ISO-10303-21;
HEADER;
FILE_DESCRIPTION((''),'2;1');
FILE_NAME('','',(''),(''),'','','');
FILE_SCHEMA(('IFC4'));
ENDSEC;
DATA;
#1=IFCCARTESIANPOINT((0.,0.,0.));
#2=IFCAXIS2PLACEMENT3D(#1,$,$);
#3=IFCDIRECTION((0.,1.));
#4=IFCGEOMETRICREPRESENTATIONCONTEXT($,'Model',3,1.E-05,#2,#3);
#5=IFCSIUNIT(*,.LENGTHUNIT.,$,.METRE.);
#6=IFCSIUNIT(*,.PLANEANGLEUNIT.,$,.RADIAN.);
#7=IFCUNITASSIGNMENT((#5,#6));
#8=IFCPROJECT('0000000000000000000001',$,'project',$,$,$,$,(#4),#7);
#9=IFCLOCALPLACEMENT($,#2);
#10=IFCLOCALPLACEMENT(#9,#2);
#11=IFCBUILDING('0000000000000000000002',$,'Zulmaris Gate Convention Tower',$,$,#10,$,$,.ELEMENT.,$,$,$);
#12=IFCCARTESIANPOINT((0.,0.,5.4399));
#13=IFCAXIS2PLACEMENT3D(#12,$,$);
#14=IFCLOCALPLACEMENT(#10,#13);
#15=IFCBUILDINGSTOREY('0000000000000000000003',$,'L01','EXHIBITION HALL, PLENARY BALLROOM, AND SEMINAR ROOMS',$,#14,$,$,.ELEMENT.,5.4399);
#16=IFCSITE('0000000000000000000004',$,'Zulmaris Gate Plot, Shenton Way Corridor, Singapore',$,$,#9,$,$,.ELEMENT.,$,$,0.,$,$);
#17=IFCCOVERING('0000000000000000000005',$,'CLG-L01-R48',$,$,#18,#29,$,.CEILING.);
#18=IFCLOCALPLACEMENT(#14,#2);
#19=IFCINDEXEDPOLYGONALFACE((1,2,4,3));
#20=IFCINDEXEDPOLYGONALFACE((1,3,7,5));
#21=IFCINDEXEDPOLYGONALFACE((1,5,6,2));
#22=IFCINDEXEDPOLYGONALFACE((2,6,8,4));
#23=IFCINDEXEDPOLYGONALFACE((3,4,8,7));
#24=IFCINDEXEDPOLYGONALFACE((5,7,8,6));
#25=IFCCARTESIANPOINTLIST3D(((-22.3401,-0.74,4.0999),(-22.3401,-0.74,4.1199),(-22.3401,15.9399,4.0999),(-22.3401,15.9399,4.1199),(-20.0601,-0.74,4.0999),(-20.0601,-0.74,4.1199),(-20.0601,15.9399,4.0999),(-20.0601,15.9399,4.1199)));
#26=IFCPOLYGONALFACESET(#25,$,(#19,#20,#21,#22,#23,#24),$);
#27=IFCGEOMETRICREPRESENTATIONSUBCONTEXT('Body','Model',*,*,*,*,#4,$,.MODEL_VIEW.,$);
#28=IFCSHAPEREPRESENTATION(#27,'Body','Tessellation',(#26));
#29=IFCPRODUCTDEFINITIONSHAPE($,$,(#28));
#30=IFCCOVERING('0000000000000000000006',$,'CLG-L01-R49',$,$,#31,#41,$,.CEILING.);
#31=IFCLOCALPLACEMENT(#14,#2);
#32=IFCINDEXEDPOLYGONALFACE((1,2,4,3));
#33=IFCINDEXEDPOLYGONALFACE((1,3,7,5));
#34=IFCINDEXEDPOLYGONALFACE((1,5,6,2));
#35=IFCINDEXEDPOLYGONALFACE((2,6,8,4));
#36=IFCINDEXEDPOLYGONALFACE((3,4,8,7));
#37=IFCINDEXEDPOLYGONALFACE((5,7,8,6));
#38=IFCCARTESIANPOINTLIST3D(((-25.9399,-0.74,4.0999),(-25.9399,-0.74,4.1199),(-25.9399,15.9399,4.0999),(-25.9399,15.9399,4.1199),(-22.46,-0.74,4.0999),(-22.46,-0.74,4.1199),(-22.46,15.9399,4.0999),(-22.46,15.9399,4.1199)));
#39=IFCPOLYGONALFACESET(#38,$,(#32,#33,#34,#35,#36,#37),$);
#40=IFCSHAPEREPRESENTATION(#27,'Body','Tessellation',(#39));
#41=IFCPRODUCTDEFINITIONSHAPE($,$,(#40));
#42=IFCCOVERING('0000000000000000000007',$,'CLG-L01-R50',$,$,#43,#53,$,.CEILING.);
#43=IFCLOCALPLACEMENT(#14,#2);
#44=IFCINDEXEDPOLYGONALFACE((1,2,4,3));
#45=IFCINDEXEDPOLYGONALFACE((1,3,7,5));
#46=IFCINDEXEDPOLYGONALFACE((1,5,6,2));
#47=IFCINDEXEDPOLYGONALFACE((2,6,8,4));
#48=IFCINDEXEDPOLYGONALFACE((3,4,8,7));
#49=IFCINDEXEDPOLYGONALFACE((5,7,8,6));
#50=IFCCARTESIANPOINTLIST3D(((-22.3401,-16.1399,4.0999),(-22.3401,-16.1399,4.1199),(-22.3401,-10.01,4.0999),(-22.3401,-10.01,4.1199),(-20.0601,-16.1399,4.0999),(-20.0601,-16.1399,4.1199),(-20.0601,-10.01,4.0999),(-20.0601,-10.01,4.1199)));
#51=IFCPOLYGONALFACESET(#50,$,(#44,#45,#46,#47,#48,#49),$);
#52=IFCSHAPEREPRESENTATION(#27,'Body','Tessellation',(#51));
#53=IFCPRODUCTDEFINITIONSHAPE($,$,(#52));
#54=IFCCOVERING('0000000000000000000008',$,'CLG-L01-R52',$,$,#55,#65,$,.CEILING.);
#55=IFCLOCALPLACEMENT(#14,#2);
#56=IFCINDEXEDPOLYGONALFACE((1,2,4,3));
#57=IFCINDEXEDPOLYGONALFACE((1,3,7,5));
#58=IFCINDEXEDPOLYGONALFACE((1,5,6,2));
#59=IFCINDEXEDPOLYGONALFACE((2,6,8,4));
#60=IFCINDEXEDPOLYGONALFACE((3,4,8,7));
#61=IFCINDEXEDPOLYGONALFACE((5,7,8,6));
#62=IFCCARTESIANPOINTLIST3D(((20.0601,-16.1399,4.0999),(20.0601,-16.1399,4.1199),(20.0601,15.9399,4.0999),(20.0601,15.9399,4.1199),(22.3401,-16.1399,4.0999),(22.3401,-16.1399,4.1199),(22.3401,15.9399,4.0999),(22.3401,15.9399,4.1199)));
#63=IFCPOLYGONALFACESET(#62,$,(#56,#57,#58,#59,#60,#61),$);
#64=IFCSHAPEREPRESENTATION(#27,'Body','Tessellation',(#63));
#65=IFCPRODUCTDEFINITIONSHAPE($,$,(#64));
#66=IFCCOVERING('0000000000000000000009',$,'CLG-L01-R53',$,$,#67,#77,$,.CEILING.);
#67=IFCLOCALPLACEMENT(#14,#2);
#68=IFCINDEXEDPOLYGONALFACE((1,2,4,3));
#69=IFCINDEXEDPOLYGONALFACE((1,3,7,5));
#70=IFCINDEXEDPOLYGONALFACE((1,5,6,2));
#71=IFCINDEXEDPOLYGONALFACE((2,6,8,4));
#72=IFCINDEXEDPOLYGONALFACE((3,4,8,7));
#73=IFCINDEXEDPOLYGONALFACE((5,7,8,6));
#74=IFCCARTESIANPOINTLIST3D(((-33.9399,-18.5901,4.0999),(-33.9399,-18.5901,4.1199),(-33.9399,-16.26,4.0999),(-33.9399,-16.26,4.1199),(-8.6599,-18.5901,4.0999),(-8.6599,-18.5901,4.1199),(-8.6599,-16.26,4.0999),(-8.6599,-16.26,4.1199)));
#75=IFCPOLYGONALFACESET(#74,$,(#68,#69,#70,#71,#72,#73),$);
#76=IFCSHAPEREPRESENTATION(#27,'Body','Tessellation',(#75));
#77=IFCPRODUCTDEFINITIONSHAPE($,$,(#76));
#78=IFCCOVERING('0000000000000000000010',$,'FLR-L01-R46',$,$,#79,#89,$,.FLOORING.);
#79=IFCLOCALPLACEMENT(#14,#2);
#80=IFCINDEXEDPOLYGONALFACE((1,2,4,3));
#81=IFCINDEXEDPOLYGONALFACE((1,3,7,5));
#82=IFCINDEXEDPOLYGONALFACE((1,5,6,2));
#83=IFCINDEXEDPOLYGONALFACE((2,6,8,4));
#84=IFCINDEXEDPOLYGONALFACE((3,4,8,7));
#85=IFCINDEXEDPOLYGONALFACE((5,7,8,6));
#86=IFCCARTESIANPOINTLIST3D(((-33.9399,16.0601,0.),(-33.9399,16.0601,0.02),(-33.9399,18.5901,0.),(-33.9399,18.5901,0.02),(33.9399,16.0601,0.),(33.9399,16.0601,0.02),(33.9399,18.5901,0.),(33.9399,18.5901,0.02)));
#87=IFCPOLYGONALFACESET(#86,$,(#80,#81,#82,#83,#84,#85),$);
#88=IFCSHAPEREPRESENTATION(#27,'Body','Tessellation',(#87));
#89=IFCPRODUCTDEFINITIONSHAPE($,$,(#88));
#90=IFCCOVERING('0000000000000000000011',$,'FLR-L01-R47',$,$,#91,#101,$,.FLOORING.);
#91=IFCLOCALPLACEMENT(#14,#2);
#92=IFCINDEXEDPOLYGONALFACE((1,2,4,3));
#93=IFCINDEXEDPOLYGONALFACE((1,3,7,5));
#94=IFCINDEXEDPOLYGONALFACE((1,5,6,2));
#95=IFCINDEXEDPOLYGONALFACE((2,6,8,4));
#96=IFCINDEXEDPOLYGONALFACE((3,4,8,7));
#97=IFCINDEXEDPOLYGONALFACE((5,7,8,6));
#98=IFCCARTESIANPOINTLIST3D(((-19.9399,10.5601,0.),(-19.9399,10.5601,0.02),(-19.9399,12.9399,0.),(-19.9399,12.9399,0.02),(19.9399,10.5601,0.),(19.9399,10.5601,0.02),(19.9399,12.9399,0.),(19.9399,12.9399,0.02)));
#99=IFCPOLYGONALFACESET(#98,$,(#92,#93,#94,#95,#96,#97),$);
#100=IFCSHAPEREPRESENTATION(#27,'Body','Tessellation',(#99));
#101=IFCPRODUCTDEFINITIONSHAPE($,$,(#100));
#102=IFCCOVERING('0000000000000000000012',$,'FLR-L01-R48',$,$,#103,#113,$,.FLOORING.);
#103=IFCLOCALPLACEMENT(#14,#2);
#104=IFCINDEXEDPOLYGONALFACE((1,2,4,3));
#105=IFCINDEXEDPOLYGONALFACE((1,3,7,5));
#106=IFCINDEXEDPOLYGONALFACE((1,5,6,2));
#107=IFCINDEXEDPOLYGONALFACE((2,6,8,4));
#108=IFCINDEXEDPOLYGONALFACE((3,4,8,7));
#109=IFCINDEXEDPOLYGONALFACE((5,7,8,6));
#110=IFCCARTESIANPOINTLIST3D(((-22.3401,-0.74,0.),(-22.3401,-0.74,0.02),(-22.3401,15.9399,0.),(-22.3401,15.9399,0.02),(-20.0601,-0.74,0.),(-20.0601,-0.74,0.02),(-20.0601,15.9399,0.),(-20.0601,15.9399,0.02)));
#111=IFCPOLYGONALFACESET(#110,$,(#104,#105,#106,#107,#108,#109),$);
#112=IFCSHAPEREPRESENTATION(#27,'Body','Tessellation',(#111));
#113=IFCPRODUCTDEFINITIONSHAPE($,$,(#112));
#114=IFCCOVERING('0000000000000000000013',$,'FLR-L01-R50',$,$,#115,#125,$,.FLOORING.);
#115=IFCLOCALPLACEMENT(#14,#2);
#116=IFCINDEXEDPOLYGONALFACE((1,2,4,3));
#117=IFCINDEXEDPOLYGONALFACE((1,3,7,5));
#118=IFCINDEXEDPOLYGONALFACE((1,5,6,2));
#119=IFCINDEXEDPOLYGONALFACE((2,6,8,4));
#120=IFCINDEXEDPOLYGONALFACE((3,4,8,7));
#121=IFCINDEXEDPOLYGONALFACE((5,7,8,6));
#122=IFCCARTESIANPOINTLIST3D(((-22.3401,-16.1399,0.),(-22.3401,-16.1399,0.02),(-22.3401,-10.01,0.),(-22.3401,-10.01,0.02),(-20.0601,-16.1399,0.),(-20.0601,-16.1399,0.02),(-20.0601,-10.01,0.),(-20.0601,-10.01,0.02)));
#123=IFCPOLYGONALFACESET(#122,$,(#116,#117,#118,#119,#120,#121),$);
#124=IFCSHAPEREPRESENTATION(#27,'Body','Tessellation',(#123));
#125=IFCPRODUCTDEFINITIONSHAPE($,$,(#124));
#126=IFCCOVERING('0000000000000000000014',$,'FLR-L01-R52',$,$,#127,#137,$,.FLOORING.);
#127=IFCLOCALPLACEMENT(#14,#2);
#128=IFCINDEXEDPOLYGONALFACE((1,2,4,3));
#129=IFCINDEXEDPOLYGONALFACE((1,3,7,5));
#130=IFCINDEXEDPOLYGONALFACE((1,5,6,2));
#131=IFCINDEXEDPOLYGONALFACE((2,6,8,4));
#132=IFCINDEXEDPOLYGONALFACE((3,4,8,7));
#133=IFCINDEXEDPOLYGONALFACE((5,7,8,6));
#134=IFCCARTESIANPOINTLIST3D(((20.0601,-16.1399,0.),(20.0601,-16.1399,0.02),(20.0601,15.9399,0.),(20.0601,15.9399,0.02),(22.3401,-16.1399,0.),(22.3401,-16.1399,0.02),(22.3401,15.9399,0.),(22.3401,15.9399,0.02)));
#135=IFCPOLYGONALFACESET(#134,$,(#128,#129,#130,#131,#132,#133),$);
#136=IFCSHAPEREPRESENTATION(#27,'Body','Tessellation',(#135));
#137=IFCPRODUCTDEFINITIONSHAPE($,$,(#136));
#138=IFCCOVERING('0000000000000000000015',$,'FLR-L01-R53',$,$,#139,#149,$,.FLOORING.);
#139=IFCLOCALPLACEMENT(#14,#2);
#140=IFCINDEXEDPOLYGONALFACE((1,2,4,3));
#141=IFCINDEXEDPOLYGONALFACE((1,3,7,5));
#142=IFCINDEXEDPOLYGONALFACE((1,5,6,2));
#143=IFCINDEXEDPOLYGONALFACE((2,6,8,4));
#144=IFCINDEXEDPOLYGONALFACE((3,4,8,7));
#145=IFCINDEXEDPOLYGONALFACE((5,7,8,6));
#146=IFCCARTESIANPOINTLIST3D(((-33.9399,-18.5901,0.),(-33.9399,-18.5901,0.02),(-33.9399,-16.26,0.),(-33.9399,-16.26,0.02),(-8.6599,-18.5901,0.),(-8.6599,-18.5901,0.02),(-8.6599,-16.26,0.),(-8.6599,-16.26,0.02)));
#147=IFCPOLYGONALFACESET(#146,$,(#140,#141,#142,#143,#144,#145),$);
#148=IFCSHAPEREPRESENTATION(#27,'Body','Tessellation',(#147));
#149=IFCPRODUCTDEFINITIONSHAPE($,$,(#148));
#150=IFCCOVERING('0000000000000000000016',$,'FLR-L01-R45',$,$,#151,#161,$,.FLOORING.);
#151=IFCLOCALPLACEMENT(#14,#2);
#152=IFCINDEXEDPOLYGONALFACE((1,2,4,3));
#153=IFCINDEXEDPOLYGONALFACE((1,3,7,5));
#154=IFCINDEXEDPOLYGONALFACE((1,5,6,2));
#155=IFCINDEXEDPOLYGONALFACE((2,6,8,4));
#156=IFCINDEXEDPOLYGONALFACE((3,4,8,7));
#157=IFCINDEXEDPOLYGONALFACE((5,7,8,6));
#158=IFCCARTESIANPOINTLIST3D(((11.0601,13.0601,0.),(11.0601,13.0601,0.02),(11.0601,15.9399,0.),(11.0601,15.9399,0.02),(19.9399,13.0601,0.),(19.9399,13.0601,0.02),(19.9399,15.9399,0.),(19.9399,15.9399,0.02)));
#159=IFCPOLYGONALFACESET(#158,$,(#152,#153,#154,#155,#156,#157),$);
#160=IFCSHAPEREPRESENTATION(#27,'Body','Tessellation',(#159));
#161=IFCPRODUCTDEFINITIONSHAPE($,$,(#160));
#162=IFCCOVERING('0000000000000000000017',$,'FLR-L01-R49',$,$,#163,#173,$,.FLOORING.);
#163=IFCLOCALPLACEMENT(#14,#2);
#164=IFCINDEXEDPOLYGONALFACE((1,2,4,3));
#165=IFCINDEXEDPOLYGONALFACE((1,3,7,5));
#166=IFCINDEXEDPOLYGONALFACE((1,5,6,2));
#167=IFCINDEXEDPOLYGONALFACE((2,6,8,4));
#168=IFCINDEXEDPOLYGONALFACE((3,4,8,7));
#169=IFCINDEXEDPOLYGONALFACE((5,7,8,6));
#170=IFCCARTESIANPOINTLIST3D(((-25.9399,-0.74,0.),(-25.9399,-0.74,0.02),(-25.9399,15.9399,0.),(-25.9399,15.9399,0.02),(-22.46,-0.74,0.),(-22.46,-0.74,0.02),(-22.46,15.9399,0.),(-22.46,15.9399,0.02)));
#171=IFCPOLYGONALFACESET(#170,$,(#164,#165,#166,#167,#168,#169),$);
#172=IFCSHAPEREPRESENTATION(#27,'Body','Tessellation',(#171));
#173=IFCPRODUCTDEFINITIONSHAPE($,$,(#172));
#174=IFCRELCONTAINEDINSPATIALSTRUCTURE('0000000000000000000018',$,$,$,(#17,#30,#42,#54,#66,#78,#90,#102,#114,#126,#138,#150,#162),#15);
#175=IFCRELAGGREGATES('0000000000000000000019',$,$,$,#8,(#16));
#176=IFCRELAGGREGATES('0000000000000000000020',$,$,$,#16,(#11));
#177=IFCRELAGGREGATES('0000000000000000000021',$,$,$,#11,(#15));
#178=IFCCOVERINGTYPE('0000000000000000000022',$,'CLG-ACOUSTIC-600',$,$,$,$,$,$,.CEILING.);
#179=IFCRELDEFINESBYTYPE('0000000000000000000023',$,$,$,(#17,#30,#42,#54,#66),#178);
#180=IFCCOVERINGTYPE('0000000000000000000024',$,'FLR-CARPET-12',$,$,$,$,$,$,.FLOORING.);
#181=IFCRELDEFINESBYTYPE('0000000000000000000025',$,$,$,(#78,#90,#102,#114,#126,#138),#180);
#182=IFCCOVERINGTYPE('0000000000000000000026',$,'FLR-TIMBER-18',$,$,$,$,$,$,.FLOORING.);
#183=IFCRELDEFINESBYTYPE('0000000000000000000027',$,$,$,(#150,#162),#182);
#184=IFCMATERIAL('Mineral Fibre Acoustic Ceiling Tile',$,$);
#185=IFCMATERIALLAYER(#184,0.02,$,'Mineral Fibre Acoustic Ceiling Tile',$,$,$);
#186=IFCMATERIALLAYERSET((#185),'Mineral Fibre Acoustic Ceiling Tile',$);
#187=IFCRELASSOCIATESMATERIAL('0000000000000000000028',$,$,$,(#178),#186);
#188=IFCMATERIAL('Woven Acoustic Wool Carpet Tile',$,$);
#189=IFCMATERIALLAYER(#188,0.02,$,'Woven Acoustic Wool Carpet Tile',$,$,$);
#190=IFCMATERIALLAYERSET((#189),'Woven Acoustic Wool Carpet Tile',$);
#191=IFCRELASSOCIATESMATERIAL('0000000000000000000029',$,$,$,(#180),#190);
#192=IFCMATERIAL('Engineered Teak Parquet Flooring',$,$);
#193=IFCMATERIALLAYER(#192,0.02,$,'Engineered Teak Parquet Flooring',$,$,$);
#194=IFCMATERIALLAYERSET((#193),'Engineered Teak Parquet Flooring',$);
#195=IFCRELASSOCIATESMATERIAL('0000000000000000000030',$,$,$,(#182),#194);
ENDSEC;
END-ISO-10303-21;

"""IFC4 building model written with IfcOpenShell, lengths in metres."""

from ifc_helpers import new_model, si_unit, direction, frame, origin, place, context, subcontext, project, spatial, polyline, outline, extrude, material, layer, layer_set, type_object, element, save


model = new_model("IFC4")

# Units and contexts
model_context = context("Model", 3, precision=1e-05, world=origin(), true_north=direction((0.0, 1.0)))
body_context = subcontext(model_context, "Body", "Model", "MODEL_VIEW")
ifc_project = project(units=[si_unit("LENGTHUNIT", "METRE"), si_unit("PLANEANGLEUNIT", "RADIAN")], contexts=[model_context])

# Site, building, storey
site_placement = place(None, origin())
site = spatial("IfcSite", under=ifc_project, at=site_placement, Name="Zulmaris Gate Plot, Shenton Way Corridor, Singapore", CompositionType="ELEMENT", RefElevation=0.0)
building_placement = place(site_placement, origin())
building = spatial("IfcBuilding", under=site, at=building_placement, Name="Zulmaris Gate Convention Tower", CompositionType="ELEMENT")
storey_placement = place(building_placement, frame((0.0, 0.0, 5.4399)))
storey = spatial("IfcBuildingStorey", under=building, at=storey_placement, Name="L01", Description="EXHIBITION HALL, PLENARY BALLROOM, AND SEMINAR ROOMS", CompositionType="ELEMENT", Elevation=5.4399)

# Coverings
ifc_material_1 = material(Name="Mineral Fibre Acoustic Ceiling Tile")
ifc_layer_1 = layer(ifc_material_1, 0.02, Name="Mineral Fibre Acoustic Ceiling Tile")
ifc_layer_set_1 = layer_set([ifc_layer_1], Name="Mineral Fibre Acoustic Ceiling Tile")
covering_type_1 = type_object("IfcCoveringType", Name="CLG-ACOUSTIC-600", PredefinedType="CEILING", material=ifc_layer_set_1)
covering_1_placement = place(storey_placement, frame((0.0, 0.0, 4.0999)))
element("IfcCovering", 1, at=covering_1_placement, inside=storey, type_object=covering_type_1, Name="CLG-L01-R48", PredefinedType="CEILING", context=body_context, shape_type="SweptSolid", body=[
    extrude(outline(polyline([(-22.3401, -0.74), (-20.0601, -0.74), (-20.0601, 15.9399), (-22.3401, 15.9399), (-22.3401, -0.74)])), origin(), (0.0, 0.0, 1.0), 0.02),
])
covering_2_placement = place(storey_placement, frame((0.0, 0.0, 4.0999)))
element("IfcCovering", 2, at=covering_2_placement, inside=storey, type_object=covering_type_1, Name="CLG-L01-R49", PredefinedType="CEILING", context=body_context, shape_type="SweptSolid", body=[
    extrude(outline(polyline([(-25.9399, -0.74), (-22.46, -0.74), (-22.46, 15.9399), (-25.9399, 15.9399), (-25.9399, -0.74)])), origin(), (0.0, 0.0, 1.0), 0.02),
])
covering_3_placement = place(storey_placement, frame((0.0, 0.0, 4.0999)))
element("IfcCovering", 3, at=covering_3_placement, inside=storey, type_object=covering_type_1, Name="CLG-L01-R50", PredefinedType="CEILING", context=body_context, shape_type="SweptSolid", body=[
    extrude(outline(polyline([(-22.3401, -16.1399), (-20.0601, -16.1399), (-20.0601, -10.01), (-22.3401, -10.01), (-22.3401, -16.1399)])), origin(), (0.0, 0.0, 1.0), 0.02),
])
covering_4_placement = place(storey_placement, frame((0.0, 0.0, 4.0999)))
element("IfcCovering", 4, at=covering_4_placement, inside=storey, type_object=covering_type_1, Name="CLG-L01-R52", PredefinedType="CEILING", context=body_context, shape_type="SweptSolid", body=[
    extrude(outline(polyline([(20.0601, -16.1399), (22.3401, -16.1399), (22.3401, 15.9399), (20.0601, 15.9399), (20.0601, -16.1399)])), origin(), (0.0, 0.0, 1.0), 0.02),
])
covering_5_placement = place(storey_placement, frame((0.0, 0.0, 4.0999)))
element("IfcCovering", 5, at=covering_5_placement, inside=storey, type_object=covering_type_1, Name="CLG-L01-R53", PredefinedType="CEILING", context=body_context, shape_type="SweptSolid", body=[
    extrude(outline(polyline([(-33.9399, -18.5901), (-8.6599, -18.5901), (-8.6599, -16.26), (-33.9399, -16.26), (-33.9399, -18.5901)])), origin(), (0.0, 0.0, 1.0), 0.02),
])
ifc_material_2 = material(Name="Woven Acoustic Wool Carpet Tile")
ifc_layer_2 = layer(ifc_material_2, 0.02, Name="Woven Acoustic Wool Carpet Tile")
ifc_layer_set_2 = layer_set([ifc_layer_2], Name="Woven Acoustic Wool Carpet Tile")
covering_type_2 = type_object("IfcCoveringType", Name="FLR-CARPET-12", PredefinedType="FLOORING", material=ifc_layer_set_2)
covering_6_placement = place(storey_placement, origin())
element("IfcCovering", 6, at=covering_6_placement, inside=storey, type_object=covering_type_2, Name="FLR-L01-R46", PredefinedType="FLOORING", context=body_context, shape_type="SweptSolid", body=[
    extrude(outline(polyline([(-33.9399, 16.0601), (33.9399, 16.0601), (33.9399, 18.5901), (-33.9399, 18.5901), (-33.9399, 16.0601)])), origin(), (0.0, 0.0, 1.0), 0.02),
])
covering_7_placement = place(storey_placement, origin())
element("IfcCovering", 7, at=covering_7_placement, inside=storey, type_object=covering_type_2, Name="FLR-L01-R47", PredefinedType="FLOORING", context=body_context, shape_type="SweptSolid", body=[
    extrude(outline(polyline([(-19.9399, 10.5601), (19.9399, 10.5601), (19.9399, 12.9399), (-19.9399, 12.9399), (-19.9399, 10.5601)])), origin(), (0.0, 0.0, 1.0), 0.02),
])
covering_8_placement = place(storey_placement, origin())
element("IfcCovering", 8, at=covering_8_placement, inside=storey, type_object=covering_type_2, Name="FLR-L01-R48", PredefinedType="FLOORING", context=body_context, shape_type="SweptSolid", body=[
    extrude(outline(polyline([(-22.3401, -0.74), (-20.0601, -0.74), (-20.0601, 15.9399), (-22.3401, 15.9399), (-22.3401, -0.74)])), origin(), (0.0, 0.0, 1.0), 0.02),
])
covering_9_placement = place(storey_placement, origin())
element("IfcCovering", 9, at=covering_9_placement, inside=storey, type_object=covering_type_2, Name="FLR-L01-R50", PredefinedType="FLOORING", context=body_context, shape_type="SweptSolid", body=[
    extrude(outline(polyline([(-22.3401, -16.1399), (-20.0601, -16.1399), (-20.0601, -10.01), (-22.3401, -10.01), (-22.3401, -16.1399)])), origin(), (0.0, 0.0, 1.0), 0.02),
])
covering_10_placement = place(storey_placement, origin())
element("IfcCovering", 10, at=covering_10_placement, inside=storey, type_object=covering_type_2, Name="FLR-L01-R52", PredefinedType="FLOORING", context=body_context, shape_type="SweptSolid", body=[
    extrude(outline(polyline([(20.0601, -16.1399), (22.3401, -16.1399), (22.3401, 15.9399), (20.0601, 15.9399), (20.0601, -16.1399)])), origin(), (0.0, 0.0, 1.0), 0.02),
])
covering_11_placement = place(storey_placement, origin())
element("IfcCovering", 11, at=covering_11_placement, inside=storey, type_object=covering_type_2, Name="FLR-L01-R53", PredefinedType="FLOORING", context=body_context, shape_type="SweptSolid", body=[
    extrude(outline(polyline([(-33.9399, -18.5901), (-8.6599, -18.5901), (-8.6599, -16.26), (-33.9399, -16.26), (-33.9399, -18.5901)])), origin(), (0.0, 0.0, 1.0), 0.02),
])
ifc_material_3 = material(Name="Engineered Teak Parquet Flooring")
ifc_layer_3 = layer(ifc_material_3, 0.02, Name="Engineered Teak Parquet Flooring")
ifc_layer_set_3 = layer_set([ifc_layer_3], Name="Engineered Teak Parquet Flooring")
covering_type_3 = type_object("IfcCoveringType", Name="FLR-TIMBER-18", PredefinedType="FLOORING", material=ifc_layer_set_3)
covering_12_placement = place(storey_placement, origin())
element("IfcCovering", 12, at=covering_12_placement, inside=storey, type_object=covering_type_3, Name="FLR-L01-R45", PredefinedType="FLOORING", context=body_context, shape_type="SweptSolid", body=[
    extrude(outline(polyline([(11.0601, 13.0601), (19.9399, 13.0601), (19.9399, 15.9399), (11.0601, 15.9399), (11.0601, 13.0601)])), origin(), (0.0, 0.0, 1.0), 0.02),
])
covering_13_placement = place(storey_placement, origin())
element("IfcCovering", 13, at=covering_13_placement, inside=storey, type_object=covering_type_3, Name="FLR-L01-R49", PredefinedType="FLOORING", context=body_context, shape_type="SweptSolid", body=[
    extrude(outline(polyline([(-25.9399, -0.74), (-22.46, -0.74), (-22.46, 15.9399), (-25.9399, 15.9399), (-25.9399, -0.74)])), origin(), (0.0, 0.0, 1.0), 0.02),
])

save(model, "model.ifc")
